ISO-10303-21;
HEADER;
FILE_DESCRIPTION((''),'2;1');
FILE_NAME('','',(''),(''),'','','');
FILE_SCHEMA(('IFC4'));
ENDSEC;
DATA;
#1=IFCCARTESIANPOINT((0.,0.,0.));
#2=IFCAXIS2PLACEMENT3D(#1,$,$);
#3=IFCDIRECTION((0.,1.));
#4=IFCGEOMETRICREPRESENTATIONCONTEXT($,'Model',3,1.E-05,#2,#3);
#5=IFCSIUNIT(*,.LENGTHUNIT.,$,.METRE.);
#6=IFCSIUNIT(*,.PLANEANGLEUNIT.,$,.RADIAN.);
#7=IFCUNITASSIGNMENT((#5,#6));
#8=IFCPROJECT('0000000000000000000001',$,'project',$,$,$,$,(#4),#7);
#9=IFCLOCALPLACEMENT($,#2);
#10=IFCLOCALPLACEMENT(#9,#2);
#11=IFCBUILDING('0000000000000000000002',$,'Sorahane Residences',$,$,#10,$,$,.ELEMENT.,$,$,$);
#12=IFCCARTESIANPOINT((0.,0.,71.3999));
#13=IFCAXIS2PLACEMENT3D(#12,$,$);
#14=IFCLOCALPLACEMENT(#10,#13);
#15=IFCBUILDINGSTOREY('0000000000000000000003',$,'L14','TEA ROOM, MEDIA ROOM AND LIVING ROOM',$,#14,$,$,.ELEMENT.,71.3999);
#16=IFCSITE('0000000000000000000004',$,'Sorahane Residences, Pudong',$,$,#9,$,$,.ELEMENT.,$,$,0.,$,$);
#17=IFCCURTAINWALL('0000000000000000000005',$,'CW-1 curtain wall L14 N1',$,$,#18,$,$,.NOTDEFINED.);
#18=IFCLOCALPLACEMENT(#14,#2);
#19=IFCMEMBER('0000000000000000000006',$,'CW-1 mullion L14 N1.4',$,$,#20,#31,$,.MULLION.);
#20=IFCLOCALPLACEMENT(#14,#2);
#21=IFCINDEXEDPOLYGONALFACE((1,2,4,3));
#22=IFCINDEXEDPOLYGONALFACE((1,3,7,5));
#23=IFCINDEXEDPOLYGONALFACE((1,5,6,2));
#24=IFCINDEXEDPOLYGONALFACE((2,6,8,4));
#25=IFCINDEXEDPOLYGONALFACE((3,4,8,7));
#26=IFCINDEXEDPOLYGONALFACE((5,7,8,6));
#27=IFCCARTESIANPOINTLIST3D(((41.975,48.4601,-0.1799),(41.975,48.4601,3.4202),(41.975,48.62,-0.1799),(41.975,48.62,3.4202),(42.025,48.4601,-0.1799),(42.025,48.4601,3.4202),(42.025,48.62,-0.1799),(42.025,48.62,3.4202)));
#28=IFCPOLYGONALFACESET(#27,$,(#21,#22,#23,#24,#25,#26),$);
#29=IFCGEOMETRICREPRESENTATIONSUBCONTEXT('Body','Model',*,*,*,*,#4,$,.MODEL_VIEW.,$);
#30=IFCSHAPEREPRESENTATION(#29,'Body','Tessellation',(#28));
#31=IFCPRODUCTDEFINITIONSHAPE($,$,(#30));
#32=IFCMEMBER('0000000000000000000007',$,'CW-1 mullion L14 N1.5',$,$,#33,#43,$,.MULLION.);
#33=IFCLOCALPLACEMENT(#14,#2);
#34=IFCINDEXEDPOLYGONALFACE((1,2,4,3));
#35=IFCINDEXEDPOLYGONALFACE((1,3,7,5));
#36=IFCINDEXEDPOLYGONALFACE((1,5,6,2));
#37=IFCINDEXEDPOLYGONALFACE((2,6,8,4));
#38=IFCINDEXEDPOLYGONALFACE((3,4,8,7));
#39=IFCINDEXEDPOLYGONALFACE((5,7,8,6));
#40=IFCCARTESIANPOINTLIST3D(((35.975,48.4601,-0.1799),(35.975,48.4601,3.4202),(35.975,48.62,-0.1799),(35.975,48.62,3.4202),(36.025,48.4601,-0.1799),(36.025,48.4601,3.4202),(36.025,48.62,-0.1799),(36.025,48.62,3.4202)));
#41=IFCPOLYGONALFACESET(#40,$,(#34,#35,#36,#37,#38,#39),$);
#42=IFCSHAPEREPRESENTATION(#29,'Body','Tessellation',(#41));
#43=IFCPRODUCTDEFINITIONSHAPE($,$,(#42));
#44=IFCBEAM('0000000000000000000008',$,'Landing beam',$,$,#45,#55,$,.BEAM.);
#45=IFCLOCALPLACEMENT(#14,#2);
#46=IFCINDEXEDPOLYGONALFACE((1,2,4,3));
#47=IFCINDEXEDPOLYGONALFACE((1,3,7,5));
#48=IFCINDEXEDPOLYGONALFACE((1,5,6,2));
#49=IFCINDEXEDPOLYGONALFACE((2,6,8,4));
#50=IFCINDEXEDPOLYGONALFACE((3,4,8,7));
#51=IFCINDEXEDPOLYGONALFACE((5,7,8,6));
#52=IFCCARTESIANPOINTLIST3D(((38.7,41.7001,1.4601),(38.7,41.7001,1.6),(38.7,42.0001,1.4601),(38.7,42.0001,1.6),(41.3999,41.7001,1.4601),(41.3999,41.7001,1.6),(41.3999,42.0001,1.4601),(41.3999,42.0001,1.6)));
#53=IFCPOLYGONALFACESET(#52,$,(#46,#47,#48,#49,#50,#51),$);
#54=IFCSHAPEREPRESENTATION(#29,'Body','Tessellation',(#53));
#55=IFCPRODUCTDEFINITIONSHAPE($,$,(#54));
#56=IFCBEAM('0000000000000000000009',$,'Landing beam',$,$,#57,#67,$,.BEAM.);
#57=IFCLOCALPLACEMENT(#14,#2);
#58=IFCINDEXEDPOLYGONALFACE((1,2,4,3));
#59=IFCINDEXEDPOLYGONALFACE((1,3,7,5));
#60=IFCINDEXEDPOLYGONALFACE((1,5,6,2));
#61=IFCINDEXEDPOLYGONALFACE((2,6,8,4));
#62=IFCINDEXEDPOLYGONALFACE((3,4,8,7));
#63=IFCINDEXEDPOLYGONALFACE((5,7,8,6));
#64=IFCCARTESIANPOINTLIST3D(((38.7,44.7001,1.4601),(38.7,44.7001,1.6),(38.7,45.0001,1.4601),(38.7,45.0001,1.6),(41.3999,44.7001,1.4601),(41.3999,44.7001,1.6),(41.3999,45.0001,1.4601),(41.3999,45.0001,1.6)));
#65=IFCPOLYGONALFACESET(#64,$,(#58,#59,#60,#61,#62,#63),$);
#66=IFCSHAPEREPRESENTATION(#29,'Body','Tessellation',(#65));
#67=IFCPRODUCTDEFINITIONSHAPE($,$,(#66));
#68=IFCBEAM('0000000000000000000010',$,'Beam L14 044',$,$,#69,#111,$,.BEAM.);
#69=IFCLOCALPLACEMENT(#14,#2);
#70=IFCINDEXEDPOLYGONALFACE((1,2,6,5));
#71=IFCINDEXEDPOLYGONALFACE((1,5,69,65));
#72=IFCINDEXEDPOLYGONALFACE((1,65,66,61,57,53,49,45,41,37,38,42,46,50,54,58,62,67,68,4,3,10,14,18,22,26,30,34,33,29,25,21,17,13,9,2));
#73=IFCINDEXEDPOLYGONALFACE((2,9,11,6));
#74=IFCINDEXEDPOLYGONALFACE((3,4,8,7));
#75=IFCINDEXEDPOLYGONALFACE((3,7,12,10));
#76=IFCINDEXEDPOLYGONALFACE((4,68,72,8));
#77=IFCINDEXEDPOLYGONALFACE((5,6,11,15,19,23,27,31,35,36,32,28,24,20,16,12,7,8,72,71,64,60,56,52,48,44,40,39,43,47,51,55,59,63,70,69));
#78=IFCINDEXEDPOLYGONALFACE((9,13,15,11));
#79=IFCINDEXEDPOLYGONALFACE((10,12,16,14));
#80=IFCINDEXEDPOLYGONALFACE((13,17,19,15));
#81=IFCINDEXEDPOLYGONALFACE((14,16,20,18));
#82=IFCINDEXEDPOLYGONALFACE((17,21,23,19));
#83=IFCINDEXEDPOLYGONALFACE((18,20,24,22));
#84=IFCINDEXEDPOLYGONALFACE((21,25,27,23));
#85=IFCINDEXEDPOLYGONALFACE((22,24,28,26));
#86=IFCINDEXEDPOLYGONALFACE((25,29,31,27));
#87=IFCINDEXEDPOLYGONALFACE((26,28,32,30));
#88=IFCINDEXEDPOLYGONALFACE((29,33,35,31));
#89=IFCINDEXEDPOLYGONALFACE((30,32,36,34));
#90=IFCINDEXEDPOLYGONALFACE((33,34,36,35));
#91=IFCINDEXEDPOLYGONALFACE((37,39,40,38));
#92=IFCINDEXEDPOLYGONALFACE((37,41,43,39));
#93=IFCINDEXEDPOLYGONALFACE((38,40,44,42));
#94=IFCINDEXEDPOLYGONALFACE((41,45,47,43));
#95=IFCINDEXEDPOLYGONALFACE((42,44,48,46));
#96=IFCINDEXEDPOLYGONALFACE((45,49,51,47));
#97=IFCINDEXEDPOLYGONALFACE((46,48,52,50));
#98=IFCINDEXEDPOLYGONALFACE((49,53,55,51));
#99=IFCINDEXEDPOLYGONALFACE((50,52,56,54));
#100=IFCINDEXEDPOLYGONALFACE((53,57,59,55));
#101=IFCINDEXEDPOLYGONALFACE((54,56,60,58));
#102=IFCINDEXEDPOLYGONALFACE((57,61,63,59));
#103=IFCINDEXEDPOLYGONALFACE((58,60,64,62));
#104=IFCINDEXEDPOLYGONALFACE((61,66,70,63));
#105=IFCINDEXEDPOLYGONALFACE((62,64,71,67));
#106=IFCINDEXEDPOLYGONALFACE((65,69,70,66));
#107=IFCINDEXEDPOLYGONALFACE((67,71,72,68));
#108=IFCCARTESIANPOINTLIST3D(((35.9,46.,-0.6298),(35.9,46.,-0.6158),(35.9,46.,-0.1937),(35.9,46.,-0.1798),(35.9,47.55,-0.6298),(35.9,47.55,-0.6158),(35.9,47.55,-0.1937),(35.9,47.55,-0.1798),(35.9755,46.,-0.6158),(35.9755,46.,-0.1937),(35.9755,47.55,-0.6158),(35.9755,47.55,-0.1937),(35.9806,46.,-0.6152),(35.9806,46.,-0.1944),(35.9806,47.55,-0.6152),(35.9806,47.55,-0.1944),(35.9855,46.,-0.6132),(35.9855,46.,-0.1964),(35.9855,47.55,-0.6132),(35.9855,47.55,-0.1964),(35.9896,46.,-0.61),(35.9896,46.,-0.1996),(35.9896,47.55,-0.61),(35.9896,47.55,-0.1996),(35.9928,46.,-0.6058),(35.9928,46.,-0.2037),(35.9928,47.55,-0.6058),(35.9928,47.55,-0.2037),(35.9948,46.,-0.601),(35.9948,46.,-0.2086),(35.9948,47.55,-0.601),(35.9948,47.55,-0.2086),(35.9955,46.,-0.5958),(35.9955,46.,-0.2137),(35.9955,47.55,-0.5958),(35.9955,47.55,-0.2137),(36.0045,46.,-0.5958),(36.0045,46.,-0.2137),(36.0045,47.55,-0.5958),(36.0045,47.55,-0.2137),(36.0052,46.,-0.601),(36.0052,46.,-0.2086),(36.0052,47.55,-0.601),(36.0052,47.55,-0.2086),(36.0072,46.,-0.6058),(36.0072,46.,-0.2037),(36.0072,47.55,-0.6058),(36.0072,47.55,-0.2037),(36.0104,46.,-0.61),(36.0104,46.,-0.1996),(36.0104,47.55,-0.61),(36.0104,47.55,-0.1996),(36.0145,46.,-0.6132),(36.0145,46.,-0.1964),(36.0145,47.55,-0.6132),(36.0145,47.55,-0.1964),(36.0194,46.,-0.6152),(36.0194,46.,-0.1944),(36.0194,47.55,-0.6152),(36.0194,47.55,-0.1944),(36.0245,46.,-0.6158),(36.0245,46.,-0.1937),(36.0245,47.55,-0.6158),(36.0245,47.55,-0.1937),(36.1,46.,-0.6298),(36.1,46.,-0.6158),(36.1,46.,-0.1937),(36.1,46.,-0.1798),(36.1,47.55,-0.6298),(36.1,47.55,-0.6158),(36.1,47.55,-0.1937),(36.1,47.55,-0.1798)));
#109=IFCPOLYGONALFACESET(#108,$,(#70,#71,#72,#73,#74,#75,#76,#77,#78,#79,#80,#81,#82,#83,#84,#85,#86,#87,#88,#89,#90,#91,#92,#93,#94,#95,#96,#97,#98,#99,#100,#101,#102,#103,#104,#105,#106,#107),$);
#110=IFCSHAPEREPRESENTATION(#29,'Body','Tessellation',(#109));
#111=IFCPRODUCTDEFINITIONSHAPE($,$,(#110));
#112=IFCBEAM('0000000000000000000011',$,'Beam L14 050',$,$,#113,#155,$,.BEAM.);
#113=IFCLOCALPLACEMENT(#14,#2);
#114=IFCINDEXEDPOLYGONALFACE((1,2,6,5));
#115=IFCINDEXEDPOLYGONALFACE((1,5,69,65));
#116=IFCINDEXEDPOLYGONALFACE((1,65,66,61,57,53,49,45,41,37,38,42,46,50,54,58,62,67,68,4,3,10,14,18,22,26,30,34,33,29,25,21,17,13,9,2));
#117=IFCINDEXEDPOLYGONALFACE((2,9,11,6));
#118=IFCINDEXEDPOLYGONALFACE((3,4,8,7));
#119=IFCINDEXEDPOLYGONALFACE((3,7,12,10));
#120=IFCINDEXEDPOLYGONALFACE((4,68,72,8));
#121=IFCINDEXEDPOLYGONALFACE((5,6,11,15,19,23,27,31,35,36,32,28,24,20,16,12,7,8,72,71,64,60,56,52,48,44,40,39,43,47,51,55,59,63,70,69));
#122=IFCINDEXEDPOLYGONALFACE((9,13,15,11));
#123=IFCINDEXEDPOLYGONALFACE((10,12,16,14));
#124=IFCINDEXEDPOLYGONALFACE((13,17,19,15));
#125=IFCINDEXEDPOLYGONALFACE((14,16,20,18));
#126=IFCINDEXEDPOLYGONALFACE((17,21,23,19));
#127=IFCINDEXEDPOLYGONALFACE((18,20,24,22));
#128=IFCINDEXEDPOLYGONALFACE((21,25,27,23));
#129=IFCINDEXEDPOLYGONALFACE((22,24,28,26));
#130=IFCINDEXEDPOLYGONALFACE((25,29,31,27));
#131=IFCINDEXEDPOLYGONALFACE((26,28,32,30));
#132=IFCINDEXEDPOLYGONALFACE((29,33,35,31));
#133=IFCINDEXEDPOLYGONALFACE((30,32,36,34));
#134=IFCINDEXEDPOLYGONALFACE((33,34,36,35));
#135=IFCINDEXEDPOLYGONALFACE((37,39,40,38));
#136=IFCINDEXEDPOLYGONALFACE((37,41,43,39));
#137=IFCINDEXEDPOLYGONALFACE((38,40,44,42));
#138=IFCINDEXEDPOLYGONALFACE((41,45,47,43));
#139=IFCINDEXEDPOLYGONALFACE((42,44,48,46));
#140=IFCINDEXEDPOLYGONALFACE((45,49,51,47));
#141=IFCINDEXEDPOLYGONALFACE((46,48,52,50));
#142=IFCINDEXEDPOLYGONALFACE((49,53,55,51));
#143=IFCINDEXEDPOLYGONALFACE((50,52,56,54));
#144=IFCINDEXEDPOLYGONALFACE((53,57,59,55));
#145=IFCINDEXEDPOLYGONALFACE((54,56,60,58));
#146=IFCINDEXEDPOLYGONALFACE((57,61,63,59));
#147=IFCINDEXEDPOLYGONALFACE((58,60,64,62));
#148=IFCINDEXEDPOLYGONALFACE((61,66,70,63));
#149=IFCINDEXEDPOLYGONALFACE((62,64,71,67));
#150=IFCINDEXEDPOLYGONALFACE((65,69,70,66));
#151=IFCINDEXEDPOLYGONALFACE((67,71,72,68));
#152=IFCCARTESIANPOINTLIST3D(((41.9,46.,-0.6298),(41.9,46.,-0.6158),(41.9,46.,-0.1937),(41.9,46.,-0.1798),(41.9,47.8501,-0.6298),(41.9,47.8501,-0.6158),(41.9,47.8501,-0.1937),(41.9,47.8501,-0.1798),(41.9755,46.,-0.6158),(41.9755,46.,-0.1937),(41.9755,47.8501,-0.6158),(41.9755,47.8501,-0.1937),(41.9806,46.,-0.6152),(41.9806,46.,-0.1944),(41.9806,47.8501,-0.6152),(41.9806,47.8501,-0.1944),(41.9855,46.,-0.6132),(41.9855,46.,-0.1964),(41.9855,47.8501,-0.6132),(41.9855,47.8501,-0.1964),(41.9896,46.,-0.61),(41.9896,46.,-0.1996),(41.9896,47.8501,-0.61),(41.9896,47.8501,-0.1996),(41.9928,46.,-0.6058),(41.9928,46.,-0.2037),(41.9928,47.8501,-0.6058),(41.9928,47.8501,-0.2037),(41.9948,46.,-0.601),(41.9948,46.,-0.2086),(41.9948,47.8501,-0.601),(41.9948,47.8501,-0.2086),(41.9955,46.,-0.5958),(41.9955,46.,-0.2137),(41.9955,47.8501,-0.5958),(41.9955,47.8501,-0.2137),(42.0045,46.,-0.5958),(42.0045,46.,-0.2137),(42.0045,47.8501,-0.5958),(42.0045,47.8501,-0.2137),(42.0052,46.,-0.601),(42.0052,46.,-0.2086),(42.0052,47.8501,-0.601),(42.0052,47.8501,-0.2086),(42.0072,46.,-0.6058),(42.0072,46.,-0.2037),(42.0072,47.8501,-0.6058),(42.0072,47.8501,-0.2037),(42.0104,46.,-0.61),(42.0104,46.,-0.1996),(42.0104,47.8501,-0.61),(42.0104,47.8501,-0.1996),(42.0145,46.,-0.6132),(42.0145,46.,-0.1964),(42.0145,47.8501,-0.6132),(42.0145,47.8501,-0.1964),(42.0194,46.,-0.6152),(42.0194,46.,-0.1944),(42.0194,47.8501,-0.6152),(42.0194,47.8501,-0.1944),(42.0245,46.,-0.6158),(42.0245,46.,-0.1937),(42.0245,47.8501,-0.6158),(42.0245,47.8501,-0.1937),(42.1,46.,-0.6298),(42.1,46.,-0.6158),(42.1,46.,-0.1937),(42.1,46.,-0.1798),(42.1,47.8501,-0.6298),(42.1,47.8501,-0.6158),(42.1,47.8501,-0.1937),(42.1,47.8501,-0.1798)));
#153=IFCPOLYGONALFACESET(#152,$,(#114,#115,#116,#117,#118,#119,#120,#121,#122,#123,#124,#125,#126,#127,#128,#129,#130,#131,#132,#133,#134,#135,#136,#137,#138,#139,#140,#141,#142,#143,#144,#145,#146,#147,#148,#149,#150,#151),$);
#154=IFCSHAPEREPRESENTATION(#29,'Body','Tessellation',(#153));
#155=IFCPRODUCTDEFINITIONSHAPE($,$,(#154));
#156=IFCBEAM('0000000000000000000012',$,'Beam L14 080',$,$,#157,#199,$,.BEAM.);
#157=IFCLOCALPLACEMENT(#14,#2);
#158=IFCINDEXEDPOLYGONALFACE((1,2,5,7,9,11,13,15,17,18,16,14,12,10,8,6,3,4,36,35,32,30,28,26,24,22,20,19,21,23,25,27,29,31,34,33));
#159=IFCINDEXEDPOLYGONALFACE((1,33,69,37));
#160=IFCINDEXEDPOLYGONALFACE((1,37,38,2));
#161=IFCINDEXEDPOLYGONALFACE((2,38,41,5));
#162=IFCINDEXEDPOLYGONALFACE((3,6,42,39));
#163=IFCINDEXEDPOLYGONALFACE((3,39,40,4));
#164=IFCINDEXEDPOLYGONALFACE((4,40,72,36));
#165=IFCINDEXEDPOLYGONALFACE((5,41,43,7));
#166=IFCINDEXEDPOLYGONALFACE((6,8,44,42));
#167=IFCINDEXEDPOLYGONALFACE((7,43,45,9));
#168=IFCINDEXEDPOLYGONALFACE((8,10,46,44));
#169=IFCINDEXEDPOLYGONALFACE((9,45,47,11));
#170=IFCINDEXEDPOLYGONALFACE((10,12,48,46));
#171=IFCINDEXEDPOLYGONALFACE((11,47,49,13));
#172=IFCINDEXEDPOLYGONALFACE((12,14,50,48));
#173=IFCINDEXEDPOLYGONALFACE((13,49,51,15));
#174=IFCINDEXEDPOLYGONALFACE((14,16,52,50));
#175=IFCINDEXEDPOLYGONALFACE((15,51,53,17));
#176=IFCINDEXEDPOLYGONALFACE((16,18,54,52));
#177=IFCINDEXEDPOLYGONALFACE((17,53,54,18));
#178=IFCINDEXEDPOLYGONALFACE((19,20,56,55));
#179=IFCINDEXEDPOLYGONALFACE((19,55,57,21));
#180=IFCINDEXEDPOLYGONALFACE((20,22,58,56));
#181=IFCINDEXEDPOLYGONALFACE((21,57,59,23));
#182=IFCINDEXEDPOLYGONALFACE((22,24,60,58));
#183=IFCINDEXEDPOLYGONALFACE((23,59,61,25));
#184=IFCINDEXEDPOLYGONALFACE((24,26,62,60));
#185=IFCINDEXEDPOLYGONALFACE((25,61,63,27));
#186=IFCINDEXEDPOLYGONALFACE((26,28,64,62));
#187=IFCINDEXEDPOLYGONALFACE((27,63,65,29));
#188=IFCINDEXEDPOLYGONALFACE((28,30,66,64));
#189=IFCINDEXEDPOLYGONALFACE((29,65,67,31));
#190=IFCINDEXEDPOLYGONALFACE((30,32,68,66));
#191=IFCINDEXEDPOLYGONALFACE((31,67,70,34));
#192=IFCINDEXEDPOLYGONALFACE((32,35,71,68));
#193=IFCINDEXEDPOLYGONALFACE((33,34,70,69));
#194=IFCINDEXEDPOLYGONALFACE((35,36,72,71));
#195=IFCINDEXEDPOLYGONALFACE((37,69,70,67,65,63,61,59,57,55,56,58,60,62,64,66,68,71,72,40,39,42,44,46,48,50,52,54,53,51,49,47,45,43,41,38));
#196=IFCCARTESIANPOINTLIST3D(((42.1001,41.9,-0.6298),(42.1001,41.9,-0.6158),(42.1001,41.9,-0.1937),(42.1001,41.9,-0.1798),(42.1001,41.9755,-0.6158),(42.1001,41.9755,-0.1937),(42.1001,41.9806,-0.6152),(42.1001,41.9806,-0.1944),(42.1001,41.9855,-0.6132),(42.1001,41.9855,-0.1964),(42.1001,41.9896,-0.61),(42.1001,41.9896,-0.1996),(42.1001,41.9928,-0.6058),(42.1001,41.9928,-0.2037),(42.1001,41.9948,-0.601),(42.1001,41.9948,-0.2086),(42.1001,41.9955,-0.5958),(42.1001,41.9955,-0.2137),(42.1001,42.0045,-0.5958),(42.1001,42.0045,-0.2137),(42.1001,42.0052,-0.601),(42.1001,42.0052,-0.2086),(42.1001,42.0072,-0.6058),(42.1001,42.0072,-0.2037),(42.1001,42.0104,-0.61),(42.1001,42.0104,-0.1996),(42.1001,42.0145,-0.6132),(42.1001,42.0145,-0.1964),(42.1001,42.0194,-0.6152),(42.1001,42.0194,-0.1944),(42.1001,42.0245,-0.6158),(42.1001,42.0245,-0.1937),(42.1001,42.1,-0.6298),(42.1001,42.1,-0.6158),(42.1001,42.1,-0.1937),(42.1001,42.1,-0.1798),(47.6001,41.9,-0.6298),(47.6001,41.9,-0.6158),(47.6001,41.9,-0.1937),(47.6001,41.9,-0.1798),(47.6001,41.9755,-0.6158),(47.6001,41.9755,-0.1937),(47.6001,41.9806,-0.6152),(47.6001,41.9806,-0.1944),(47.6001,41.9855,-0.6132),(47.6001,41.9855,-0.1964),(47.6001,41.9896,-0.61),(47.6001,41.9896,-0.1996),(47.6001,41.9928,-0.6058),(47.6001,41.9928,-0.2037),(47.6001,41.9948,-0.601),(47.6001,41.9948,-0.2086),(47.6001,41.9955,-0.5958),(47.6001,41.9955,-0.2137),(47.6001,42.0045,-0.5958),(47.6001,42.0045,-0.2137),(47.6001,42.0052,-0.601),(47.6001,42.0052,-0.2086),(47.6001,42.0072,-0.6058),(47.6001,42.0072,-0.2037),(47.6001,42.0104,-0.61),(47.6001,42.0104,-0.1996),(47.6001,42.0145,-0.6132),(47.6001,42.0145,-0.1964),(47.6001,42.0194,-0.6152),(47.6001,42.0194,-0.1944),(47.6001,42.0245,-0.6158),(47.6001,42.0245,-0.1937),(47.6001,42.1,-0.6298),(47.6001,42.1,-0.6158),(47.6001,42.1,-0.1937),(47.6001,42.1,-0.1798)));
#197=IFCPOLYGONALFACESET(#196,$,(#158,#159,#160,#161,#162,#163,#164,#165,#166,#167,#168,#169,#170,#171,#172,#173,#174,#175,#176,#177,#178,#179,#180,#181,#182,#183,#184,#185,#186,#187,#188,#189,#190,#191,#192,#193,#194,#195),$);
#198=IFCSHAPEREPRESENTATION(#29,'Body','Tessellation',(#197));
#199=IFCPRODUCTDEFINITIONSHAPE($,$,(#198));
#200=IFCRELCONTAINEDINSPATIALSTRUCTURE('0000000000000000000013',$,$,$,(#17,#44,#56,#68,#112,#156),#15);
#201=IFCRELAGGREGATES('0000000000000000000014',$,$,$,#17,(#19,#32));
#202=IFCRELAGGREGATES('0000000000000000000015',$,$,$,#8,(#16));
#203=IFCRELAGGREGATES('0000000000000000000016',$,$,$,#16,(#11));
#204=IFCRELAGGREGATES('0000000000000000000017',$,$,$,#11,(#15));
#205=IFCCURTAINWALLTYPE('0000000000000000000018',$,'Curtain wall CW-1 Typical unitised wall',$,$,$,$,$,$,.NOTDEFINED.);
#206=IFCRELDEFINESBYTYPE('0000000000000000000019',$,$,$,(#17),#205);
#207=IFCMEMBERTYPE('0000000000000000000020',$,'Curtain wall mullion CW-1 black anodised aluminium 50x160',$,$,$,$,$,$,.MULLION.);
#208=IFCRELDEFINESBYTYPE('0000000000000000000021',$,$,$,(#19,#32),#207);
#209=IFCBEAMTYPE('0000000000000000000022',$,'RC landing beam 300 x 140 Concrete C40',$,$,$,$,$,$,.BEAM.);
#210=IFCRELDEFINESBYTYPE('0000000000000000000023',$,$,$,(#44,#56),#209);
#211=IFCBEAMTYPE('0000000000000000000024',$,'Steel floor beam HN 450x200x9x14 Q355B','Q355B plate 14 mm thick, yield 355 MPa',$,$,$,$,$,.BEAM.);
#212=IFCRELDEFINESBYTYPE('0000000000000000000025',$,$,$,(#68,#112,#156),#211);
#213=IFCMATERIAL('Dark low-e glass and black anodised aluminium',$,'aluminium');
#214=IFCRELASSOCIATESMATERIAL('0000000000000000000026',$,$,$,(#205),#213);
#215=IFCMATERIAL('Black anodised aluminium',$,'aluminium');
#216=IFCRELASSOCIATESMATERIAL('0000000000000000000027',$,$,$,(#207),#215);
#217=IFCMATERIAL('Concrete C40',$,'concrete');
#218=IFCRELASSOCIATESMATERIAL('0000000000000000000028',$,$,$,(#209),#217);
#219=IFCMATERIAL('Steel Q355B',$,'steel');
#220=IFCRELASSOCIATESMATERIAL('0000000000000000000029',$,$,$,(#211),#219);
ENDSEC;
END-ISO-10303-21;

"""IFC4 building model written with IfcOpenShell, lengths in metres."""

from ifc_helpers import new_model, si_unit, direction, frame, origin, origin_2d, place, context, subcontext, project, spatial, rectangle, i_section, extrude, material, material_profile, profile_set, type_object, element, aggregate, save


model = new_model("IFC4")

# Units and contexts
model_context = context("Model", 3, precision=1e-05, world=origin(), true_north=direction((0.0, 1.0)))
body_context = subcontext(model_context, "Body", "Model", "MODEL_VIEW")
ifc_project = project(units=[si_unit("LENGTHUNIT", "METRE"), si_unit("PLANEANGLEUNIT", "RADIAN")], contexts=[model_context])

# Site, building, storey
site_placement = place(None, origin())
site = spatial("IfcSite", under=ifc_project, at=site_placement, Name="Sorahane Residences, Pudong", CompositionType="ELEMENT", RefElevation=0.0)
building_placement = place(site_placement, origin())
building = spatial("IfcBuilding", under=site, at=building_placement, Name="Sorahane Residences", CompositionType="ELEMENT")
storey_placement = place(building_placement, frame((0.0, 0.0, 71.3999)))
storey = spatial("IfcBuildingStorey", under=building, at=storey_placement, Name="L14", Description="TEA ROOM, MEDIA ROOM AND LIVING ROOM", CompositionType="ELEMENT", Elevation=71.3999)

# Curtain wall, members
ifc_material_1 = material(Name="Dark low-e glass and black anodised aluminium", Category="aluminium")
curtain_wall_type = type_object("IfcCurtainWallType", Name="Curtain wall CW-1 Typical unitised wall", PredefinedType="NOTDEFINED", material=ifc_material_1)
curtain_wall_placement = place(storey_placement, origin())
curtain_wall = element("IfcCurtainWall", 1, at=curtain_wall_placement, inside=storey, type_object=curtain_wall_type, Name="CW-1 curtain wall L14 N1", PredefinedType="NOTDEFINED")
ifc_material_2 = material(Name="Black anodised aluminium", Category="aluminium")
ifc_material_profile_1 = material_profile(ifc_material_2, rectangle(XDim=0.1599, YDim=0.05, at=origin_2d()), Name="Curtain wall mullion CW-1 black anodised aluminium 50x160")
ifc_profile_set_1 = profile_set([ifc_material_profile_1], Name="Black anodised aluminium")
member_type_1 = type_object("IfcMemberType", Name="Curtain wall mullion CW-1 black anodised aluminium 50x160", PredefinedType="MULLION", material=ifc_profile_set_1)
member_1_placement = place(storey_placement, frame((42.0, 48.54, -0.1799), z_axis=(0.0, 0.0, 1.0), x_axis=(0.0, 1.0, 0.0)))
member_1 = element("IfcMember", 2, at=member_1_placement, type_object=member_type_1, Name="CW-1 mullion L14 N1.4", PredefinedType="MULLION", context=body_context, shape_type="SweptSolid", body=[
    extrude(rectangle(XDim=0.1599, YDim=0.05, at=origin_2d()), origin(), (0.0, 0.0, 1.0), 3.6001),
])
member_2_placement = place(storey_placement, frame((36.0, 48.54, -0.1799), z_axis=(0.0, 0.0, 1.0), x_axis=(0.0, 1.0, 0.0)))
member_2 = element("IfcMember", 3, at=member_2_placement, type_object=member_type_1, Name="CW-1 mullion L14 N1.5", PredefinedType="MULLION", context=body_context, shape_type="SweptSolid", body=[
    extrude(rectangle(XDim=0.1599, YDim=0.05, at=origin_2d()), origin(), (0.0, 0.0, 1.0), 3.6001),
])

# Beams
ifc_material_3 = material(Name="Concrete C40", Category="concrete")
ifc_material_profile_2 = material_profile(ifc_material_3, rectangle(XDim=0.3, YDim=0.1399, at=origin_2d()), Name="300x140")
ifc_profile_set_2 = profile_set([ifc_material_profile_2], Name="Concrete C40")
beam_type_1 = type_object("IfcBeamType", Name="RC landing beam 300 x 140 Concrete C40", PredefinedType="BEAM", material=ifc_profile_set_2)
for number, where, z_axis, x_axis, name in (
    (4, (38.7, 41.8501, 1.53), (1.0, 0.0, 0.0), (0.0, 1.0, 0.0), "Landing beam"),
    (5, (38.7, 44.8501, 1.53), (1.0, 0.0, 0.0), (0.0, 1.0, 0.0), "Landing beam"),
):
    element("IfcBeam", number, at=place(storey_placement, frame(where, z_axis=z_axis, x_axis=x_axis)), inside=storey, type_object=beam_type_1, Name=name, PredefinedType="BEAM", context=body_context, shape_type="SweptSolid", body=[
        extrude(rectangle(XDim=0.3, YDim=0.1399, at=origin_2d()), origin(), (0.0, 0.0, 1.0), 2.7),
    ])
ifc_material_4 = material(Name="Steel Q355B", Category="steel")
ifc_material_profile_3 = material_profile(ifc_material_4, i_section(OverallWidth=0.2, OverallDepth=0.45, WebThickness=0.009, FlangeThickness=0.0139, FilletRadius=0.02, at=origin_2d()), Name="HN 450x200x9x14")
ifc_profile_set_3 = profile_set([ifc_material_profile_3], Name="Steel Q355B")
beam_type_2 = type_object("IfcBeamType", Name="Steel floor beam HN 450x200x9x14 Q355B", Description="Q355B plate 14 mm thick, yield 355 MPa", PredefinedType="BEAM", material=ifc_profile_set_3)
beam_1_placement = place(storey_placement, frame((36.0, 46.0, -0.4048), z_axis=(0.0, 1.0, 0.0), x_axis=(-1.0, 0.0, 0.0)))
element("IfcBeam", 6, at=beam_1_placement, inside=storey, type_object=beam_type_2, Name="Beam L14 044", PredefinedType="BEAM", context=body_context, shape_type="SweptSolid", body=[
    extrude(i_section(OverallWidth=0.2, OverallDepth=0.45, WebThickness=0.009, FlangeThickness=0.0139, FilletRadius=0.02, at=origin_2d()), origin(), (0.0, 0.0, 1.0), 1.55),
])
beam_2_placement = place(storey_placement, frame((42.0, 46.0, -0.4048), z_axis=(0.0, 1.0, 0.0), x_axis=(-1.0, 0.0, 0.0)))
element("IfcBeam", 7, at=beam_2_placement, inside=storey, type_object=beam_type_2, Name="Beam L14 050", PredefinedType="BEAM", context=body_context, shape_type="SweptSolid", body=[
    extrude(i_section(OverallWidth=0.2, OverallDepth=0.45, WebThickness=0.009, FlangeThickness=0.0139, FilletRadius=0.02, at=origin_2d()), origin(), (0.0, 0.0, 1.0), 1.8501),
])
beam_3_placement = place(storey_placement, frame((42.1001, 42.0, -0.4048), z_axis=(1.0, 0.0, 0.0), x_axis=(0.0, 1.0, 0.0)))
element("IfcBeam", 8, at=beam_3_placement, inside=storey, type_object=beam_type_2, Name="Beam L14 080", PredefinedType="BEAM", context=body_context, shape_type="SweptSolid", body=[
    extrude(i_section(OverallWidth=0.2, OverallDepth=0.45, WebThickness=0.009, FlangeThickness=0.0139, FilletRadius=0.02, at=origin_2d()), origin(), (0.0, 0.0, 1.0), 5.5),
])

aggregate(curtain_wall, [member_1, member_2])

save(model, "model.ifc")
